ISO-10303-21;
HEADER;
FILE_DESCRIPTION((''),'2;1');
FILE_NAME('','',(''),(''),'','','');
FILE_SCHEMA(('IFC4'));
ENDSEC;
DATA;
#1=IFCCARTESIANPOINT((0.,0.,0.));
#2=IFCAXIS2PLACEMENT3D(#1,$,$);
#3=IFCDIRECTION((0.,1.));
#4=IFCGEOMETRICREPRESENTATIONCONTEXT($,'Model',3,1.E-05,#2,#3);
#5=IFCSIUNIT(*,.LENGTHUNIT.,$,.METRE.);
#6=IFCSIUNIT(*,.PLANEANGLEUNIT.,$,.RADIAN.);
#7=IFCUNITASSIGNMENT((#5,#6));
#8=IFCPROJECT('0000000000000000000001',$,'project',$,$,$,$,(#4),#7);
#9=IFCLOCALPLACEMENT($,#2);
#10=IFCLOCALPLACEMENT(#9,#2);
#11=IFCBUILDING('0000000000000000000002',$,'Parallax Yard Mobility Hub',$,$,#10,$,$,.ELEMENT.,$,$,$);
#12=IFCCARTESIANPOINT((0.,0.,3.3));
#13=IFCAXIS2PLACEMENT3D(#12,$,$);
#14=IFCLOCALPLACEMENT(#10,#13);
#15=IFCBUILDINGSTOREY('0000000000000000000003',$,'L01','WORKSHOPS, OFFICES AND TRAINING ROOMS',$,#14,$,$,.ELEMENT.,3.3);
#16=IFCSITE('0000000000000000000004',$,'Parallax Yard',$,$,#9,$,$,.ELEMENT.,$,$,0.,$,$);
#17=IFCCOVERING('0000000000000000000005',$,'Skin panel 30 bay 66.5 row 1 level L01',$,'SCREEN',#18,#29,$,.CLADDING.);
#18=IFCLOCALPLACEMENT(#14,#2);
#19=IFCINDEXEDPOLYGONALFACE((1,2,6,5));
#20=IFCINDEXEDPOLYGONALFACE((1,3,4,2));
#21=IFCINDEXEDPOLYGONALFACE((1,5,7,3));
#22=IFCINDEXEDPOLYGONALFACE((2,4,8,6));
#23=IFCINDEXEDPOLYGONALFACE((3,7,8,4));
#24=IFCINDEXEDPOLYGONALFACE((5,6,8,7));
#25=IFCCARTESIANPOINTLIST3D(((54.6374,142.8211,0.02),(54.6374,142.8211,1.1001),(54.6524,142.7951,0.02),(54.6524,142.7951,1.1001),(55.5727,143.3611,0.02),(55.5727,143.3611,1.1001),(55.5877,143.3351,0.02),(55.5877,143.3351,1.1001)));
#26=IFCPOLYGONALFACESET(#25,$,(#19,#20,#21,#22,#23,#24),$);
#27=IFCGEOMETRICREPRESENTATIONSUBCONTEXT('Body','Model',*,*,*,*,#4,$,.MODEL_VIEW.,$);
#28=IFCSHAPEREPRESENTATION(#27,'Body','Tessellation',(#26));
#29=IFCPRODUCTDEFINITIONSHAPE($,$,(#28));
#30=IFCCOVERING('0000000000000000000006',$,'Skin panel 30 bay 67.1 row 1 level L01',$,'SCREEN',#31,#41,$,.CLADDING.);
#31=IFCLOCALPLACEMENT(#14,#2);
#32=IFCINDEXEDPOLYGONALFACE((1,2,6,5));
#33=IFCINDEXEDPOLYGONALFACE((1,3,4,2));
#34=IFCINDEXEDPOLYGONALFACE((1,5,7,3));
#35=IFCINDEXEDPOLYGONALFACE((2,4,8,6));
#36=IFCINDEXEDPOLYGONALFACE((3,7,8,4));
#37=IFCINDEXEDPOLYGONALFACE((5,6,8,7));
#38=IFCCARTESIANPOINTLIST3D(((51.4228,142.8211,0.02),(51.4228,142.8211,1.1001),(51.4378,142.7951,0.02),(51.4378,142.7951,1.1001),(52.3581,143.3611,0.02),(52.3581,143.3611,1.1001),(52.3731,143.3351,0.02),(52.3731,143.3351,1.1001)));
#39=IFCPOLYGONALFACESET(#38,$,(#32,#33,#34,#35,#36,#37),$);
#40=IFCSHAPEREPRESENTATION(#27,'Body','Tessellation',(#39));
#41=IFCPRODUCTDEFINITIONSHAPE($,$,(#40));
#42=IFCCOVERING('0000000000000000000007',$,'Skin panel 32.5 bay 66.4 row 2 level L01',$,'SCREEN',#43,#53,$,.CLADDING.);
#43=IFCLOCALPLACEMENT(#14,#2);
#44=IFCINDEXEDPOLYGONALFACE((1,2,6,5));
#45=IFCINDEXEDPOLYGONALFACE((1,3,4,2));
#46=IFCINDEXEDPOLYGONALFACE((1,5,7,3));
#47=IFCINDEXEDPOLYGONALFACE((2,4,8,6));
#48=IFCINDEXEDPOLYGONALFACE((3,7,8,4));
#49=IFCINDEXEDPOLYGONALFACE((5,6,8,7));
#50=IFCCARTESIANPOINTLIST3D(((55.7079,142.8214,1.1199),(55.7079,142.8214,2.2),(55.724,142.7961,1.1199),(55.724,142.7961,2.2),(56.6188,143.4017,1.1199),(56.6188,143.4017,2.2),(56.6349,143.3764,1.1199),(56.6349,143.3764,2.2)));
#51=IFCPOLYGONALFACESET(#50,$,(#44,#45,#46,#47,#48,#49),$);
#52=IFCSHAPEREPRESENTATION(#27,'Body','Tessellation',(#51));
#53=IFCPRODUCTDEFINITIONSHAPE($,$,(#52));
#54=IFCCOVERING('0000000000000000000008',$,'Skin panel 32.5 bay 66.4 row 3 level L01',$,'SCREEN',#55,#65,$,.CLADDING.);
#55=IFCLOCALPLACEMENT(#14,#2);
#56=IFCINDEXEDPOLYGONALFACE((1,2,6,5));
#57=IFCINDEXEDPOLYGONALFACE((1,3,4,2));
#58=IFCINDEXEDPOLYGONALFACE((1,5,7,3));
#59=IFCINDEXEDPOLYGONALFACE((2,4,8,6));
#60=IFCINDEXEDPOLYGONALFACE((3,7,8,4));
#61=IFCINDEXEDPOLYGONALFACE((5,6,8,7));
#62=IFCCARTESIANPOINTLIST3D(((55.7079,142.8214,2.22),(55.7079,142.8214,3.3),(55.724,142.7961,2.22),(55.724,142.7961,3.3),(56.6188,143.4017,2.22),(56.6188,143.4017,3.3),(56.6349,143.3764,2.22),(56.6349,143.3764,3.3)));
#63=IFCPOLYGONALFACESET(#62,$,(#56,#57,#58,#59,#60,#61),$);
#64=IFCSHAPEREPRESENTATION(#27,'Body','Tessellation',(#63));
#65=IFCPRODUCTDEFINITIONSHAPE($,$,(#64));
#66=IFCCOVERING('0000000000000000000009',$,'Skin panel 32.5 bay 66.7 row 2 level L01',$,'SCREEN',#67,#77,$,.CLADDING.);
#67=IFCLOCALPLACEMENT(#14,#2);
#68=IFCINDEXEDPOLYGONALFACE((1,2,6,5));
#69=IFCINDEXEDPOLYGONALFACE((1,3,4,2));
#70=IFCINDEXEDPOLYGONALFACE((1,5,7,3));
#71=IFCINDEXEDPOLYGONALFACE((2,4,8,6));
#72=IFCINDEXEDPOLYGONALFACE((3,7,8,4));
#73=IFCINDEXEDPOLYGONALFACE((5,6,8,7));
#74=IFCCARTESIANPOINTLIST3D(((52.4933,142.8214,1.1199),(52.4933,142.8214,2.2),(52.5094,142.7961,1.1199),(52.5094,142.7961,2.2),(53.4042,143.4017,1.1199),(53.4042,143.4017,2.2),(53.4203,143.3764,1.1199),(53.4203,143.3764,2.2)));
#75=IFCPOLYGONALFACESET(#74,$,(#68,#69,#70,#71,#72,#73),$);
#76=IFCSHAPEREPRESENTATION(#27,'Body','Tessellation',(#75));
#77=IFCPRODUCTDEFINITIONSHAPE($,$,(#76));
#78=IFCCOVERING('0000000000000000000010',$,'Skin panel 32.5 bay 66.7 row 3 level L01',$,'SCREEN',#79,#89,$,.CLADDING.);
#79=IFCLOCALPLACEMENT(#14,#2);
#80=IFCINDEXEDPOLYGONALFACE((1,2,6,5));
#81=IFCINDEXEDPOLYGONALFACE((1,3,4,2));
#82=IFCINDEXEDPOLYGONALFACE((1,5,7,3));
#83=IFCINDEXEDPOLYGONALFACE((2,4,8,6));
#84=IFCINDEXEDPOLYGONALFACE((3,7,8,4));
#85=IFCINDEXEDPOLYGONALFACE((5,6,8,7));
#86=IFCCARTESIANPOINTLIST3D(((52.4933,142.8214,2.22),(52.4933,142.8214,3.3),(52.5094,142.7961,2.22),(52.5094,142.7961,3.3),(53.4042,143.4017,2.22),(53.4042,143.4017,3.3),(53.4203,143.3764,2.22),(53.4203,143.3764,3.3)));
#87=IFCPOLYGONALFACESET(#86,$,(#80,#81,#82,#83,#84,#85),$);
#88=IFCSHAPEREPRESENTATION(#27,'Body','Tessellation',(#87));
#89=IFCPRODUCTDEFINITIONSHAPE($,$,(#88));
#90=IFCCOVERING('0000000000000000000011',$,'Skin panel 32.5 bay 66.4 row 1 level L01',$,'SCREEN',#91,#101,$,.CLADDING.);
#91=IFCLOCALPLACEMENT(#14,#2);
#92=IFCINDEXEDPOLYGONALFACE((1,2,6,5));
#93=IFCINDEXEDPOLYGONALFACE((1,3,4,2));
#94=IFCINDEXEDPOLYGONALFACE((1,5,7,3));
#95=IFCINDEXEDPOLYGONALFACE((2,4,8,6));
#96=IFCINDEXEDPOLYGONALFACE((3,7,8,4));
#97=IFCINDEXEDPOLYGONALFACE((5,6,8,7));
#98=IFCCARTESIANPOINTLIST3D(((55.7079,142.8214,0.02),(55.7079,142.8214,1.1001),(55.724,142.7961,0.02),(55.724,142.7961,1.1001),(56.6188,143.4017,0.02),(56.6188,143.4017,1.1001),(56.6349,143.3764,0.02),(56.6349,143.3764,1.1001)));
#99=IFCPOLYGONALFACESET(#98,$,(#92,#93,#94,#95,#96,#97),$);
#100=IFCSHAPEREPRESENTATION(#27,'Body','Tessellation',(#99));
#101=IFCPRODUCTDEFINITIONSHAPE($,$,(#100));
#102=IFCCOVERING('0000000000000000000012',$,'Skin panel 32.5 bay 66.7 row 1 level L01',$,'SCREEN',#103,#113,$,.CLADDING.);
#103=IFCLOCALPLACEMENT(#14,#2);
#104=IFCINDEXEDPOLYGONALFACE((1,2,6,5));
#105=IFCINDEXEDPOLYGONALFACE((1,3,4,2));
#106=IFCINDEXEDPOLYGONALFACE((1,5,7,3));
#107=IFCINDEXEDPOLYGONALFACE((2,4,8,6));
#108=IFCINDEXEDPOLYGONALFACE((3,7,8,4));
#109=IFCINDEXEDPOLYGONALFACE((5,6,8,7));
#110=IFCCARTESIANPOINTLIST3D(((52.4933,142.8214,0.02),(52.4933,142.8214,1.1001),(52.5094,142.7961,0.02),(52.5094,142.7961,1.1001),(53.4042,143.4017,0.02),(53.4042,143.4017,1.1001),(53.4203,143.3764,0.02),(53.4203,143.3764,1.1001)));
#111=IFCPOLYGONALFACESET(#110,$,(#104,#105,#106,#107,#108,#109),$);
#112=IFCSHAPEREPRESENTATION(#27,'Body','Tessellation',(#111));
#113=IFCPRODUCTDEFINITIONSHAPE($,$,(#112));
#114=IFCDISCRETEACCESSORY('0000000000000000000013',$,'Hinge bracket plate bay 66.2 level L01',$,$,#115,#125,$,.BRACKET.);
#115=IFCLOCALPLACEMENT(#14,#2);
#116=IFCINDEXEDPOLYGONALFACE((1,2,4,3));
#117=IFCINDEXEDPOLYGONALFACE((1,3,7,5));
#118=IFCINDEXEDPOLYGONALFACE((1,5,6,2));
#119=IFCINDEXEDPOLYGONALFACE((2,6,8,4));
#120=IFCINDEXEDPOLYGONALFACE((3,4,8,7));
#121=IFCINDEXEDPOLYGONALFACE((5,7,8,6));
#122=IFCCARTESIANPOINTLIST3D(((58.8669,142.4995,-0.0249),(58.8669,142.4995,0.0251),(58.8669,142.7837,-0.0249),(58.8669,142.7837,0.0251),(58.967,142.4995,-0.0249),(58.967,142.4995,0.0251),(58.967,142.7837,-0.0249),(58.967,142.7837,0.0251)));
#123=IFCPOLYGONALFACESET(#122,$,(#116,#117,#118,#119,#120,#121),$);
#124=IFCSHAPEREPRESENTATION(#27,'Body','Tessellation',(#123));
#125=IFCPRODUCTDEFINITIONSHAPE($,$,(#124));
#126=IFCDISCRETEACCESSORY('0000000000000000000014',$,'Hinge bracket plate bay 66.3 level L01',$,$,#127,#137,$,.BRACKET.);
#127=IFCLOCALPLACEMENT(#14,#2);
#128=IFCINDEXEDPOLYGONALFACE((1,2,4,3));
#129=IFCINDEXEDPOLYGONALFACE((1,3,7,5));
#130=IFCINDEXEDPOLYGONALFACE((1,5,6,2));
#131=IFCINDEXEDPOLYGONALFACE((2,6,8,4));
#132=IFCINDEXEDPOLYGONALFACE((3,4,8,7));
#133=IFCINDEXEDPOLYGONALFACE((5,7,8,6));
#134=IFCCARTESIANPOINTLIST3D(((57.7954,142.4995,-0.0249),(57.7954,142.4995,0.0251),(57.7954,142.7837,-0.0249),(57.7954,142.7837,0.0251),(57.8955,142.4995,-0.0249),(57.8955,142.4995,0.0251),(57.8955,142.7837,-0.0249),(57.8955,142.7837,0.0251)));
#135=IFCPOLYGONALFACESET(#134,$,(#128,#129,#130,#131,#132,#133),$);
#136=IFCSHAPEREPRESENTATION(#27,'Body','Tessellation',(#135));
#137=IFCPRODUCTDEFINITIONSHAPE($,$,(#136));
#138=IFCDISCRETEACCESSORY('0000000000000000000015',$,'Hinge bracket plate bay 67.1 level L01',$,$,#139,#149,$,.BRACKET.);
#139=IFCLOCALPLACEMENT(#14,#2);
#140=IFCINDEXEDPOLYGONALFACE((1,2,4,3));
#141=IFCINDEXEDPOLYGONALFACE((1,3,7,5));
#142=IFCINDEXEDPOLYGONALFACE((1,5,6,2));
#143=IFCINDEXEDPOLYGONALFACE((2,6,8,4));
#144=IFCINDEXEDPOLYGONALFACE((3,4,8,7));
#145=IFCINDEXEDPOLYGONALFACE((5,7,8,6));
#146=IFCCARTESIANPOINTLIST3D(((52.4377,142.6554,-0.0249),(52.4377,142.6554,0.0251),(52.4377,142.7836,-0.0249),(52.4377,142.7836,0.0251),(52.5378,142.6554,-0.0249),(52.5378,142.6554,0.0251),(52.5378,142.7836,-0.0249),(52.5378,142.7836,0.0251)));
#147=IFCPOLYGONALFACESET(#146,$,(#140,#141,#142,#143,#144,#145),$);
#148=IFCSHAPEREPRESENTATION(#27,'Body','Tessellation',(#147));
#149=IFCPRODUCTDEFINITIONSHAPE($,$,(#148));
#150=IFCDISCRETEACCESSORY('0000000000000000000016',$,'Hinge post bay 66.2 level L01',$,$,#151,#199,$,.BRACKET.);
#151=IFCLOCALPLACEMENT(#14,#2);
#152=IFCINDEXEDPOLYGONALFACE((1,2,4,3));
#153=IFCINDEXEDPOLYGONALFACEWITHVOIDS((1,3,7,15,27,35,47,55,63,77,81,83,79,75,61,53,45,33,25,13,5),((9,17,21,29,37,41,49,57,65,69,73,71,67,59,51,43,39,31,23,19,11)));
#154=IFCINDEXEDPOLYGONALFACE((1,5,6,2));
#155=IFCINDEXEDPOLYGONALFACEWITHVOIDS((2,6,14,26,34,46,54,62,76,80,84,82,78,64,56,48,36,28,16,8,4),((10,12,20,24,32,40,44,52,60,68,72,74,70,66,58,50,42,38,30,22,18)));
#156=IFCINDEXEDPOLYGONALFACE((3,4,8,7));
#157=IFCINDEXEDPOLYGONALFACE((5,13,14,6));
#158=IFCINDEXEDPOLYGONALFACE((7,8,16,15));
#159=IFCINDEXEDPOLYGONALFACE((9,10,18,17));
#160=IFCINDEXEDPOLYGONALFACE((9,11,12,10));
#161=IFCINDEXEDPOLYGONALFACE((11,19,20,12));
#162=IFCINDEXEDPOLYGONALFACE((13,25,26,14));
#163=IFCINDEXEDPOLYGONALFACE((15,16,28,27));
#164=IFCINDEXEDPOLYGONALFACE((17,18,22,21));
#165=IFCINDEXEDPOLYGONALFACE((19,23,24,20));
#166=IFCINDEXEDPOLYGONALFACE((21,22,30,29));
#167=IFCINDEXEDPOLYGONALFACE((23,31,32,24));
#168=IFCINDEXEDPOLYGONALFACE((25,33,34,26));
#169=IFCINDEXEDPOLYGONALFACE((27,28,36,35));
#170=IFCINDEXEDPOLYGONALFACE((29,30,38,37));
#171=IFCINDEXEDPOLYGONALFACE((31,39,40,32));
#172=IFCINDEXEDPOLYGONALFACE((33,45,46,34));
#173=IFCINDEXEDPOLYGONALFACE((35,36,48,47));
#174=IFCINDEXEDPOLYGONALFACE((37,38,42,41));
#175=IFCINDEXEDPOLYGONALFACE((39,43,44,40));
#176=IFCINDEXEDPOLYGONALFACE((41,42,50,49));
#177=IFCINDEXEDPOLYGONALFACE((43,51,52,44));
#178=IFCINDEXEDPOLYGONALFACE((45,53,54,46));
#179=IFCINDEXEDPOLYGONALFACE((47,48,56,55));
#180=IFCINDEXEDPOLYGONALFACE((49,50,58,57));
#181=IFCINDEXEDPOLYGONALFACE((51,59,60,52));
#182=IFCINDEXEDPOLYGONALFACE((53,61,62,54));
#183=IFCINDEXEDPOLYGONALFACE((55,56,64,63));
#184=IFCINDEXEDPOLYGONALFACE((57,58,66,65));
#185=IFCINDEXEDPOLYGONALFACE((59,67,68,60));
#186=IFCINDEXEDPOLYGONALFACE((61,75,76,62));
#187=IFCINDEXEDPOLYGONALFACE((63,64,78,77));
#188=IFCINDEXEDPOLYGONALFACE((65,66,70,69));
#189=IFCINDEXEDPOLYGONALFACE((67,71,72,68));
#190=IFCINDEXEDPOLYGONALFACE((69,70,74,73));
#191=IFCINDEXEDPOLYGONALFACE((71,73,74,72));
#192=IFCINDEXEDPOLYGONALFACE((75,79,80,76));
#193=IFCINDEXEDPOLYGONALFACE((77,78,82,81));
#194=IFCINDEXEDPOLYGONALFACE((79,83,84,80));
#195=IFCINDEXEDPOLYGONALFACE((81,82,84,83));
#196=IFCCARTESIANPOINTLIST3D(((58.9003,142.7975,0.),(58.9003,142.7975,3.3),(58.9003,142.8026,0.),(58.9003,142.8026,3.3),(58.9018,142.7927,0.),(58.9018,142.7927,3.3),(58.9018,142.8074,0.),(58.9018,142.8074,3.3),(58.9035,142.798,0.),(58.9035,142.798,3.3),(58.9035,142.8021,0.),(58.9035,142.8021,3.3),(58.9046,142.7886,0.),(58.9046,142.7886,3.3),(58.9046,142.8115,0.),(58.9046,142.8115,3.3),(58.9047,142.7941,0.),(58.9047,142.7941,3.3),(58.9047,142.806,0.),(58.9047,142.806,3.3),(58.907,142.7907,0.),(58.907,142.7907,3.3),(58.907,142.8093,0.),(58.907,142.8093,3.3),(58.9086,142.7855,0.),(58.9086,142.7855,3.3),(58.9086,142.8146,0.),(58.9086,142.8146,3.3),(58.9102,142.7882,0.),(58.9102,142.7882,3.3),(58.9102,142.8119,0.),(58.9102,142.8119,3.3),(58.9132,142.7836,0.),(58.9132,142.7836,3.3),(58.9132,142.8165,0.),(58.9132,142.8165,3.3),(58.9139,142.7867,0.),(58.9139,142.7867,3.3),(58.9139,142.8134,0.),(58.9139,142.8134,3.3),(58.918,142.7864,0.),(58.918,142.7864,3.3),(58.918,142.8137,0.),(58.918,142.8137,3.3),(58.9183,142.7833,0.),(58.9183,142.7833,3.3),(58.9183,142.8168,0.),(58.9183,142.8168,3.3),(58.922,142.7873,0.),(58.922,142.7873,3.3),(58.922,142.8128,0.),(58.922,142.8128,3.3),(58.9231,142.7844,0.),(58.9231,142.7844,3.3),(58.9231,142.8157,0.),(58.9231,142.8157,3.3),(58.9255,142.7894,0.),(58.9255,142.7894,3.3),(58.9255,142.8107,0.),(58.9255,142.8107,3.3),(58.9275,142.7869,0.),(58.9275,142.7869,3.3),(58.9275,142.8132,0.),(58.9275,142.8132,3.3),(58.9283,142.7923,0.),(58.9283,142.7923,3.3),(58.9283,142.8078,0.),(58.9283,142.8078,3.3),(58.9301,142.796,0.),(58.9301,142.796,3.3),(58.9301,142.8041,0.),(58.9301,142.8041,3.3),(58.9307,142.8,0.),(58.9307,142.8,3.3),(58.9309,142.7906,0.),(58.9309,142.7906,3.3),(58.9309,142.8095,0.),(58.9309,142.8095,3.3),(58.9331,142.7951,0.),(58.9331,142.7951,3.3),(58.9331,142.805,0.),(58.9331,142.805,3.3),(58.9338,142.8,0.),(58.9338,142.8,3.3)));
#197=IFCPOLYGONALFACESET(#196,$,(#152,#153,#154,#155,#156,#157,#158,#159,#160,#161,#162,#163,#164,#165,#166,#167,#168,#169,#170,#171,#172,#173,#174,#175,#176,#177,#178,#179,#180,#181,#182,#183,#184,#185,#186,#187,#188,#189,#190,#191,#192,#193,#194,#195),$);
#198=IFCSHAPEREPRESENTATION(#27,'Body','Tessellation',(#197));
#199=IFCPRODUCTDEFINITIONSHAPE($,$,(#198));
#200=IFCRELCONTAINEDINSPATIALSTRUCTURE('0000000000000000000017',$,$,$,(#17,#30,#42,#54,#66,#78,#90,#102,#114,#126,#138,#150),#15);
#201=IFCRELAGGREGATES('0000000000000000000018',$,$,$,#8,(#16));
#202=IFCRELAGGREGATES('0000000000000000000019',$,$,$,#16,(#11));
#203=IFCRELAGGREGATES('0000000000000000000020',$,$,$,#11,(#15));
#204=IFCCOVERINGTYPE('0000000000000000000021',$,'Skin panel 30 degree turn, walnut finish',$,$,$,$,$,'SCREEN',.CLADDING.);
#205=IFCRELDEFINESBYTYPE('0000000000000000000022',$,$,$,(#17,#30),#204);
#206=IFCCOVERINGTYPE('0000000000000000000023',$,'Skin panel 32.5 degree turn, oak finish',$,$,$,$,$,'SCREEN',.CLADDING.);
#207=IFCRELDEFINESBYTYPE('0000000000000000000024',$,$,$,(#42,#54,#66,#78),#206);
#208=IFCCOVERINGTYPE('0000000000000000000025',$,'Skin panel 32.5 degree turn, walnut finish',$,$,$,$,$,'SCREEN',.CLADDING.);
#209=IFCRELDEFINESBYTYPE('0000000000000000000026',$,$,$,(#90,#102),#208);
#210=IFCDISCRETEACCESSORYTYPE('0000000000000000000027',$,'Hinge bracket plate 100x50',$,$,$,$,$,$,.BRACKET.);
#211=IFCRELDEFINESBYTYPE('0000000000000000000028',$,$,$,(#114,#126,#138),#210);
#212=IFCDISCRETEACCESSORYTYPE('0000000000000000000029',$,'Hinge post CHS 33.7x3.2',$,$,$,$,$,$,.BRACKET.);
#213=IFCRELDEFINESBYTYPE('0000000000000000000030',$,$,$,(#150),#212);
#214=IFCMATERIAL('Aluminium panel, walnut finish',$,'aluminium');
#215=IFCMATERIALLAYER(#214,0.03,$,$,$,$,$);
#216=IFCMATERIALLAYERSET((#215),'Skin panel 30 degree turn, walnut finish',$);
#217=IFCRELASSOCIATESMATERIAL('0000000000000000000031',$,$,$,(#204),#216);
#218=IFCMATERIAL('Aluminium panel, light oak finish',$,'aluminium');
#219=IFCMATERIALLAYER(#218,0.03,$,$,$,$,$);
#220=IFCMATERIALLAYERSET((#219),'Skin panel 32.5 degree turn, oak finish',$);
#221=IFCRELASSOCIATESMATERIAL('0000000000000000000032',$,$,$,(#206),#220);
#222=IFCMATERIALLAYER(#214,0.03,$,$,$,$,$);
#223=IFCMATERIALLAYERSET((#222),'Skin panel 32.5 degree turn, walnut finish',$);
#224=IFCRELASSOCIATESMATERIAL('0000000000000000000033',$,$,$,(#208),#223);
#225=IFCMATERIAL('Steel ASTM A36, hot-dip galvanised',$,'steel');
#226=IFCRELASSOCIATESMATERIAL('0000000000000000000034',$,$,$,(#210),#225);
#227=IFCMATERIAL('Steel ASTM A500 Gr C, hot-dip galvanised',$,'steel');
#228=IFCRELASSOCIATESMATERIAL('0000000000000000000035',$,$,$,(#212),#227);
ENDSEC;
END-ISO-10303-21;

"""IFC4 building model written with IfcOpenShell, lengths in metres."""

from ifc_helpers import new_model, si_unit, direction, frame, origin, origin_2d, place, context, subcontext, project, spatial, rectangle, hollow_circle, extrude, material, layer, layer_set, material_profile, profile_set, type_object, element, save


model = new_model("IFC4")

# Units and contexts
model_context = context("Model", 3, precision=1e-05, world=origin(), true_north=direction((0.0, 1.0)))
body_context = subcontext(model_context, "Body", "Model", "MODEL_VIEW")
ifc_project = project(units=[si_unit("LENGTHUNIT", "METRE"), si_unit("PLANEANGLEUNIT", "RADIAN")], contexts=[model_context])

# Site, building, storey
site_placement = place(None, origin())
site = spatial("IfcSite", under=ifc_project, at=site_placement, Name="Parallax Yard", CompositionType="ELEMENT", RefElevation=0.0)
building_placement = place(site_placement, origin())
building = spatial("IfcBuilding", under=site, at=building_placement, Name="Parallax Yard Mobility Hub", CompositionType="ELEMENT")
storey_placement = place(building_placement, frame((0.0, 0.0, 3.3)))
storey = spatial("IfcBuildingStorey", under=building, at=storey_placement, Name="L01", Description="WORKSHOPS, OFFICES AND TRAINING ROOMS", CompositionType="ELEMENT", Elevation=3.3)

# Coverings
ifc_material_1 = material(Name="Aluminium panel, light oak finish", Category="aluminium")
ifc_material_2 = material(Name="Aluminium panel, walnut finish", Category="aluminium")
ifc_layer_1 = layer(ifc_material_2, 0.03)
ifc_layer_set_1 = layer_set([ifc_layer_1], Name="Skin panel 30 degree turn, walnut finish")
covering_type_1 = type_object("IfcCoveringType", Name="Skin panel 30 degree turn, walnut finish", ElementType="SCREEN", PredefinedType="CLADDING", material=ifc_layer_set_1)
for number, where, z_axis, x_axis, name in (
    (1, (55.1125, 143.0781, 0.02), (0.0, 0.0, 1.0), (0.866025, 0.5, 0.0), "Skin panel 30 bay 66.5 row 1 level L01"),
    (2, (51.8979, 143.0781, 0.02), (0.0, 0.0, 1.0), (0.866025, 0.5, 0.0), "Skin panel 30 bay 67.1 row 1 level L01"),
):
    element("IfcCovering", number, at=place(storey_placement, frame(where, z_axis=z_axis, x_axis=x_axis)), inside=storey, type_object=covering_type_1, Name=name, ObjectType="SCREEN", PredefinedType="CLADDING", context=body_context, shape_type="SweptSolid", body=[
        extrude(rectangle(XDim=1.0801, YDim=0.03, at=origin_2d()), origin(), (0.0, 0.0, 1.0), 1.0801),
    ])
ifc_layer_2 = layer(ifc_material_1, 0.03)
ifc_layer_set_2 = layer_set([ifc_layer_2], Name="Skin panel 32.5 degree turn, oak finish")
covering_type_2 = type_object("IfcCoveringType", Name="Skin panel 32.5 degree turn, oak finish", ElementType="SCREEN", PredefinedType="CLADDING", material=ifc_layer_set_2)
for number, where, z_axis, x_axis, name in (
    (3, (56.1714, 143.0989, 1.1199), (0.0, 0.0, 1.0), (0.843391, 0.5373, 0.0), "Skin panel 32.5 bay 66.4 row 2 level L01"),
    (4, (56.1714, 143.0989, 2.22), (0.0, 0.0, 1.0), (0.843391, 0.5373, 0.0), "Skin panel 32.5 bay 66.4 row 3 level L01"),
    (5, (52.9568, 143.0989, 1.1199), (0.0, 0.0, 1.0), (0.843391, 0.5373, 0.0), "Skin panel 32.5 bay 66.7 row 2 level L01"),
    (6, (52.9568, 143.0989, 2.22), (0.0, 0.0, 1.0), (0.843391, 0.5373, 0.0), "Skin panel 32.5 bay 66.7 row 3 level L01"),
):
    element("IfcCovering", number, at=place(storey_placement, frame(where, z_axis=z_axis, x_axis=x_axis)), inside=storey, type_object=covering_type_2, Name=name, ObjectType="SCREEN", PredefinedType="CLADDING", context=body_context, shape_type="SweptSolid", body=[
        extrude(rectangle(XDim=1.0801, YDim=0.03, at=origin_2d()), origin(), (0.0, 0.0, 1.0), 1.0801),
    ])
ifc_layer_3 = layer(ifc_material_2, 0.03)
ifc_layer_set_3 = layer_set([ifc_layer_3], Name="Skin panel 32.5 degree turn, walnut finish")
covering_type_3 = type_object("IfcCoveringType", Name="Skin panel 32.5 degree turn, walnut finish", ElementType="SCREEN", PredefinedType="CLADDING", material=ifc_layer_set_3)
for number, where, z_axis, x_axis, name in (
    (7, (56.1714, 143.0989, 0.02), (0.0, 0.0, 1.0), (0.843391, 0.5373, 0.0), "Skin panel 32.5 bay 66.4 row 1 level L01"),
    (8, (52.9568, 143.0989, 0.02), (0.0, 0.0, 1.0), (0.843391, 0.5373, 0.0), "Skin panel 32.5 bay 66.7 row 1 level L01"),
):
    element("IfcCovering", number, at=place(storey_placement, frame(where, z_axis=z_axis, x_axis=x_axis)), inside=storey, type_object=covering_type_3, Name=name, ObjectType="SCREEN", PredefinedType="CLADDING", context=body_context, shape_type="SweptSolid", body=[
        extrude(rectangle(XDim=1.0801, YDim=0.03, at=origin_2d()), origin(), (0.0, 0.0, 1.0), 1.0801),
    ])

# Discrete accessories
ifc_material_3 = material(Name="Steel ASTM A36, hot-dip galvanised", Category="steel")
discrete_accessory_type_1 = type_object("IfcDiscreteAccessoryType", Name="Hinge bracket plate 100x50", PredefinedType="BRACKET", material=ifc_material_3)
for number, where, z_axis, x_axis, name in (
    (9, (58.917, 142.6416, -0.0249), (0.0, 0.0, 1.0), (0.0, 1.0, 0.0), "Hinge bracket plate bay 66.2 level L01"),
    (10, (57.8455, 142.6416, -0.0249), (0.0, 0.0, 1.0), (0.0, 1.0, 0.0), "Hinge bracket plate bay 66.3 level L01"),
):
    element("IfcDiscreteAccessory", number, at=place(storey_placement, frame(where, z_axis=z_axis, x_axis=x_axis)), inside=storey, type_object=discrete_accessory_type_1, Name=name, PredefinedType="BRACKET", context=body_context, shape_type="SweptSolid", body=[
        extrude(rectangle(XDim=0.2842, YDim=0.1001, at=origin_2d()), origin(), (0.0, 0.0, 1.0), 0.05),
    ])
discrete_accessory_placement = place(storey_placement, frame((52.4878, 142.7195, -0.0249), z_axis=(0.0, 0.0, 1.0), x_axis=(0.0, 1.0, 0.0)))
element("IfcDiscreteAccessory", 11, at=discrete_accessory_placement, inside=storey, type_object=discrete_accessory_type_1, Name="Hinge bracket plate bay 67.1 level L01", PredefinedType="BRACKET", context=body_context, shape_type="SweptSolid", body=[
    extrude(rectangle(XDim=0.1282, YDim=0.1001, at=origin_2d()), origin(), (0.0, 0.0, 1.0), 0.05),
])
ifc_material_4 = material(Name="Steel ASTM A500 Gr C, hot-dip galvanised", Category="steel")
ifc_material_profile = material_profile(ifc_material_4, hollow_circle(Radius=0.0168, WallThickness=0.0032, at=origin_2d()), Name="CHS 33.7x3.2")
ifc_profile_set = profile_set([ifc_material_profile], Name="Steel ASTM A500 Gr C, hot-dip galvanised")
discrete_accessory_type_2 = type_object("IfcDiscreteAccessoryType", Name="Hinge post CHS 33.7x3.2", PredefinedType="BRACKET", material=ifc_profile_set)
for number, where, z_axis, x_axis, name in (
    (12, (58.917, 142.8, 0.0), (0.0, 0.0, 1.0), (1.0, 0.0, 0.0), "Hinge post bay 66.2 level L01"),
):
    element("IfcDiscreteAccessory", number, at=place(storey_placement, frame(where, z_axis=z_axis, x_axis=x_axis)), inside=storey, type_object=discrete_accessory_type_2, Name=name, PredefinedType="BRACKET", context=body_context, shape_type="SweptSolid", body=[
        extrude(hollow_circle(Radius=0.0168, WallThickness=0.0032, at=origin_2d()), origin(), (0.0, 0.0, 1.0), 3.3),
    ])

save(model, "model.ifc")
